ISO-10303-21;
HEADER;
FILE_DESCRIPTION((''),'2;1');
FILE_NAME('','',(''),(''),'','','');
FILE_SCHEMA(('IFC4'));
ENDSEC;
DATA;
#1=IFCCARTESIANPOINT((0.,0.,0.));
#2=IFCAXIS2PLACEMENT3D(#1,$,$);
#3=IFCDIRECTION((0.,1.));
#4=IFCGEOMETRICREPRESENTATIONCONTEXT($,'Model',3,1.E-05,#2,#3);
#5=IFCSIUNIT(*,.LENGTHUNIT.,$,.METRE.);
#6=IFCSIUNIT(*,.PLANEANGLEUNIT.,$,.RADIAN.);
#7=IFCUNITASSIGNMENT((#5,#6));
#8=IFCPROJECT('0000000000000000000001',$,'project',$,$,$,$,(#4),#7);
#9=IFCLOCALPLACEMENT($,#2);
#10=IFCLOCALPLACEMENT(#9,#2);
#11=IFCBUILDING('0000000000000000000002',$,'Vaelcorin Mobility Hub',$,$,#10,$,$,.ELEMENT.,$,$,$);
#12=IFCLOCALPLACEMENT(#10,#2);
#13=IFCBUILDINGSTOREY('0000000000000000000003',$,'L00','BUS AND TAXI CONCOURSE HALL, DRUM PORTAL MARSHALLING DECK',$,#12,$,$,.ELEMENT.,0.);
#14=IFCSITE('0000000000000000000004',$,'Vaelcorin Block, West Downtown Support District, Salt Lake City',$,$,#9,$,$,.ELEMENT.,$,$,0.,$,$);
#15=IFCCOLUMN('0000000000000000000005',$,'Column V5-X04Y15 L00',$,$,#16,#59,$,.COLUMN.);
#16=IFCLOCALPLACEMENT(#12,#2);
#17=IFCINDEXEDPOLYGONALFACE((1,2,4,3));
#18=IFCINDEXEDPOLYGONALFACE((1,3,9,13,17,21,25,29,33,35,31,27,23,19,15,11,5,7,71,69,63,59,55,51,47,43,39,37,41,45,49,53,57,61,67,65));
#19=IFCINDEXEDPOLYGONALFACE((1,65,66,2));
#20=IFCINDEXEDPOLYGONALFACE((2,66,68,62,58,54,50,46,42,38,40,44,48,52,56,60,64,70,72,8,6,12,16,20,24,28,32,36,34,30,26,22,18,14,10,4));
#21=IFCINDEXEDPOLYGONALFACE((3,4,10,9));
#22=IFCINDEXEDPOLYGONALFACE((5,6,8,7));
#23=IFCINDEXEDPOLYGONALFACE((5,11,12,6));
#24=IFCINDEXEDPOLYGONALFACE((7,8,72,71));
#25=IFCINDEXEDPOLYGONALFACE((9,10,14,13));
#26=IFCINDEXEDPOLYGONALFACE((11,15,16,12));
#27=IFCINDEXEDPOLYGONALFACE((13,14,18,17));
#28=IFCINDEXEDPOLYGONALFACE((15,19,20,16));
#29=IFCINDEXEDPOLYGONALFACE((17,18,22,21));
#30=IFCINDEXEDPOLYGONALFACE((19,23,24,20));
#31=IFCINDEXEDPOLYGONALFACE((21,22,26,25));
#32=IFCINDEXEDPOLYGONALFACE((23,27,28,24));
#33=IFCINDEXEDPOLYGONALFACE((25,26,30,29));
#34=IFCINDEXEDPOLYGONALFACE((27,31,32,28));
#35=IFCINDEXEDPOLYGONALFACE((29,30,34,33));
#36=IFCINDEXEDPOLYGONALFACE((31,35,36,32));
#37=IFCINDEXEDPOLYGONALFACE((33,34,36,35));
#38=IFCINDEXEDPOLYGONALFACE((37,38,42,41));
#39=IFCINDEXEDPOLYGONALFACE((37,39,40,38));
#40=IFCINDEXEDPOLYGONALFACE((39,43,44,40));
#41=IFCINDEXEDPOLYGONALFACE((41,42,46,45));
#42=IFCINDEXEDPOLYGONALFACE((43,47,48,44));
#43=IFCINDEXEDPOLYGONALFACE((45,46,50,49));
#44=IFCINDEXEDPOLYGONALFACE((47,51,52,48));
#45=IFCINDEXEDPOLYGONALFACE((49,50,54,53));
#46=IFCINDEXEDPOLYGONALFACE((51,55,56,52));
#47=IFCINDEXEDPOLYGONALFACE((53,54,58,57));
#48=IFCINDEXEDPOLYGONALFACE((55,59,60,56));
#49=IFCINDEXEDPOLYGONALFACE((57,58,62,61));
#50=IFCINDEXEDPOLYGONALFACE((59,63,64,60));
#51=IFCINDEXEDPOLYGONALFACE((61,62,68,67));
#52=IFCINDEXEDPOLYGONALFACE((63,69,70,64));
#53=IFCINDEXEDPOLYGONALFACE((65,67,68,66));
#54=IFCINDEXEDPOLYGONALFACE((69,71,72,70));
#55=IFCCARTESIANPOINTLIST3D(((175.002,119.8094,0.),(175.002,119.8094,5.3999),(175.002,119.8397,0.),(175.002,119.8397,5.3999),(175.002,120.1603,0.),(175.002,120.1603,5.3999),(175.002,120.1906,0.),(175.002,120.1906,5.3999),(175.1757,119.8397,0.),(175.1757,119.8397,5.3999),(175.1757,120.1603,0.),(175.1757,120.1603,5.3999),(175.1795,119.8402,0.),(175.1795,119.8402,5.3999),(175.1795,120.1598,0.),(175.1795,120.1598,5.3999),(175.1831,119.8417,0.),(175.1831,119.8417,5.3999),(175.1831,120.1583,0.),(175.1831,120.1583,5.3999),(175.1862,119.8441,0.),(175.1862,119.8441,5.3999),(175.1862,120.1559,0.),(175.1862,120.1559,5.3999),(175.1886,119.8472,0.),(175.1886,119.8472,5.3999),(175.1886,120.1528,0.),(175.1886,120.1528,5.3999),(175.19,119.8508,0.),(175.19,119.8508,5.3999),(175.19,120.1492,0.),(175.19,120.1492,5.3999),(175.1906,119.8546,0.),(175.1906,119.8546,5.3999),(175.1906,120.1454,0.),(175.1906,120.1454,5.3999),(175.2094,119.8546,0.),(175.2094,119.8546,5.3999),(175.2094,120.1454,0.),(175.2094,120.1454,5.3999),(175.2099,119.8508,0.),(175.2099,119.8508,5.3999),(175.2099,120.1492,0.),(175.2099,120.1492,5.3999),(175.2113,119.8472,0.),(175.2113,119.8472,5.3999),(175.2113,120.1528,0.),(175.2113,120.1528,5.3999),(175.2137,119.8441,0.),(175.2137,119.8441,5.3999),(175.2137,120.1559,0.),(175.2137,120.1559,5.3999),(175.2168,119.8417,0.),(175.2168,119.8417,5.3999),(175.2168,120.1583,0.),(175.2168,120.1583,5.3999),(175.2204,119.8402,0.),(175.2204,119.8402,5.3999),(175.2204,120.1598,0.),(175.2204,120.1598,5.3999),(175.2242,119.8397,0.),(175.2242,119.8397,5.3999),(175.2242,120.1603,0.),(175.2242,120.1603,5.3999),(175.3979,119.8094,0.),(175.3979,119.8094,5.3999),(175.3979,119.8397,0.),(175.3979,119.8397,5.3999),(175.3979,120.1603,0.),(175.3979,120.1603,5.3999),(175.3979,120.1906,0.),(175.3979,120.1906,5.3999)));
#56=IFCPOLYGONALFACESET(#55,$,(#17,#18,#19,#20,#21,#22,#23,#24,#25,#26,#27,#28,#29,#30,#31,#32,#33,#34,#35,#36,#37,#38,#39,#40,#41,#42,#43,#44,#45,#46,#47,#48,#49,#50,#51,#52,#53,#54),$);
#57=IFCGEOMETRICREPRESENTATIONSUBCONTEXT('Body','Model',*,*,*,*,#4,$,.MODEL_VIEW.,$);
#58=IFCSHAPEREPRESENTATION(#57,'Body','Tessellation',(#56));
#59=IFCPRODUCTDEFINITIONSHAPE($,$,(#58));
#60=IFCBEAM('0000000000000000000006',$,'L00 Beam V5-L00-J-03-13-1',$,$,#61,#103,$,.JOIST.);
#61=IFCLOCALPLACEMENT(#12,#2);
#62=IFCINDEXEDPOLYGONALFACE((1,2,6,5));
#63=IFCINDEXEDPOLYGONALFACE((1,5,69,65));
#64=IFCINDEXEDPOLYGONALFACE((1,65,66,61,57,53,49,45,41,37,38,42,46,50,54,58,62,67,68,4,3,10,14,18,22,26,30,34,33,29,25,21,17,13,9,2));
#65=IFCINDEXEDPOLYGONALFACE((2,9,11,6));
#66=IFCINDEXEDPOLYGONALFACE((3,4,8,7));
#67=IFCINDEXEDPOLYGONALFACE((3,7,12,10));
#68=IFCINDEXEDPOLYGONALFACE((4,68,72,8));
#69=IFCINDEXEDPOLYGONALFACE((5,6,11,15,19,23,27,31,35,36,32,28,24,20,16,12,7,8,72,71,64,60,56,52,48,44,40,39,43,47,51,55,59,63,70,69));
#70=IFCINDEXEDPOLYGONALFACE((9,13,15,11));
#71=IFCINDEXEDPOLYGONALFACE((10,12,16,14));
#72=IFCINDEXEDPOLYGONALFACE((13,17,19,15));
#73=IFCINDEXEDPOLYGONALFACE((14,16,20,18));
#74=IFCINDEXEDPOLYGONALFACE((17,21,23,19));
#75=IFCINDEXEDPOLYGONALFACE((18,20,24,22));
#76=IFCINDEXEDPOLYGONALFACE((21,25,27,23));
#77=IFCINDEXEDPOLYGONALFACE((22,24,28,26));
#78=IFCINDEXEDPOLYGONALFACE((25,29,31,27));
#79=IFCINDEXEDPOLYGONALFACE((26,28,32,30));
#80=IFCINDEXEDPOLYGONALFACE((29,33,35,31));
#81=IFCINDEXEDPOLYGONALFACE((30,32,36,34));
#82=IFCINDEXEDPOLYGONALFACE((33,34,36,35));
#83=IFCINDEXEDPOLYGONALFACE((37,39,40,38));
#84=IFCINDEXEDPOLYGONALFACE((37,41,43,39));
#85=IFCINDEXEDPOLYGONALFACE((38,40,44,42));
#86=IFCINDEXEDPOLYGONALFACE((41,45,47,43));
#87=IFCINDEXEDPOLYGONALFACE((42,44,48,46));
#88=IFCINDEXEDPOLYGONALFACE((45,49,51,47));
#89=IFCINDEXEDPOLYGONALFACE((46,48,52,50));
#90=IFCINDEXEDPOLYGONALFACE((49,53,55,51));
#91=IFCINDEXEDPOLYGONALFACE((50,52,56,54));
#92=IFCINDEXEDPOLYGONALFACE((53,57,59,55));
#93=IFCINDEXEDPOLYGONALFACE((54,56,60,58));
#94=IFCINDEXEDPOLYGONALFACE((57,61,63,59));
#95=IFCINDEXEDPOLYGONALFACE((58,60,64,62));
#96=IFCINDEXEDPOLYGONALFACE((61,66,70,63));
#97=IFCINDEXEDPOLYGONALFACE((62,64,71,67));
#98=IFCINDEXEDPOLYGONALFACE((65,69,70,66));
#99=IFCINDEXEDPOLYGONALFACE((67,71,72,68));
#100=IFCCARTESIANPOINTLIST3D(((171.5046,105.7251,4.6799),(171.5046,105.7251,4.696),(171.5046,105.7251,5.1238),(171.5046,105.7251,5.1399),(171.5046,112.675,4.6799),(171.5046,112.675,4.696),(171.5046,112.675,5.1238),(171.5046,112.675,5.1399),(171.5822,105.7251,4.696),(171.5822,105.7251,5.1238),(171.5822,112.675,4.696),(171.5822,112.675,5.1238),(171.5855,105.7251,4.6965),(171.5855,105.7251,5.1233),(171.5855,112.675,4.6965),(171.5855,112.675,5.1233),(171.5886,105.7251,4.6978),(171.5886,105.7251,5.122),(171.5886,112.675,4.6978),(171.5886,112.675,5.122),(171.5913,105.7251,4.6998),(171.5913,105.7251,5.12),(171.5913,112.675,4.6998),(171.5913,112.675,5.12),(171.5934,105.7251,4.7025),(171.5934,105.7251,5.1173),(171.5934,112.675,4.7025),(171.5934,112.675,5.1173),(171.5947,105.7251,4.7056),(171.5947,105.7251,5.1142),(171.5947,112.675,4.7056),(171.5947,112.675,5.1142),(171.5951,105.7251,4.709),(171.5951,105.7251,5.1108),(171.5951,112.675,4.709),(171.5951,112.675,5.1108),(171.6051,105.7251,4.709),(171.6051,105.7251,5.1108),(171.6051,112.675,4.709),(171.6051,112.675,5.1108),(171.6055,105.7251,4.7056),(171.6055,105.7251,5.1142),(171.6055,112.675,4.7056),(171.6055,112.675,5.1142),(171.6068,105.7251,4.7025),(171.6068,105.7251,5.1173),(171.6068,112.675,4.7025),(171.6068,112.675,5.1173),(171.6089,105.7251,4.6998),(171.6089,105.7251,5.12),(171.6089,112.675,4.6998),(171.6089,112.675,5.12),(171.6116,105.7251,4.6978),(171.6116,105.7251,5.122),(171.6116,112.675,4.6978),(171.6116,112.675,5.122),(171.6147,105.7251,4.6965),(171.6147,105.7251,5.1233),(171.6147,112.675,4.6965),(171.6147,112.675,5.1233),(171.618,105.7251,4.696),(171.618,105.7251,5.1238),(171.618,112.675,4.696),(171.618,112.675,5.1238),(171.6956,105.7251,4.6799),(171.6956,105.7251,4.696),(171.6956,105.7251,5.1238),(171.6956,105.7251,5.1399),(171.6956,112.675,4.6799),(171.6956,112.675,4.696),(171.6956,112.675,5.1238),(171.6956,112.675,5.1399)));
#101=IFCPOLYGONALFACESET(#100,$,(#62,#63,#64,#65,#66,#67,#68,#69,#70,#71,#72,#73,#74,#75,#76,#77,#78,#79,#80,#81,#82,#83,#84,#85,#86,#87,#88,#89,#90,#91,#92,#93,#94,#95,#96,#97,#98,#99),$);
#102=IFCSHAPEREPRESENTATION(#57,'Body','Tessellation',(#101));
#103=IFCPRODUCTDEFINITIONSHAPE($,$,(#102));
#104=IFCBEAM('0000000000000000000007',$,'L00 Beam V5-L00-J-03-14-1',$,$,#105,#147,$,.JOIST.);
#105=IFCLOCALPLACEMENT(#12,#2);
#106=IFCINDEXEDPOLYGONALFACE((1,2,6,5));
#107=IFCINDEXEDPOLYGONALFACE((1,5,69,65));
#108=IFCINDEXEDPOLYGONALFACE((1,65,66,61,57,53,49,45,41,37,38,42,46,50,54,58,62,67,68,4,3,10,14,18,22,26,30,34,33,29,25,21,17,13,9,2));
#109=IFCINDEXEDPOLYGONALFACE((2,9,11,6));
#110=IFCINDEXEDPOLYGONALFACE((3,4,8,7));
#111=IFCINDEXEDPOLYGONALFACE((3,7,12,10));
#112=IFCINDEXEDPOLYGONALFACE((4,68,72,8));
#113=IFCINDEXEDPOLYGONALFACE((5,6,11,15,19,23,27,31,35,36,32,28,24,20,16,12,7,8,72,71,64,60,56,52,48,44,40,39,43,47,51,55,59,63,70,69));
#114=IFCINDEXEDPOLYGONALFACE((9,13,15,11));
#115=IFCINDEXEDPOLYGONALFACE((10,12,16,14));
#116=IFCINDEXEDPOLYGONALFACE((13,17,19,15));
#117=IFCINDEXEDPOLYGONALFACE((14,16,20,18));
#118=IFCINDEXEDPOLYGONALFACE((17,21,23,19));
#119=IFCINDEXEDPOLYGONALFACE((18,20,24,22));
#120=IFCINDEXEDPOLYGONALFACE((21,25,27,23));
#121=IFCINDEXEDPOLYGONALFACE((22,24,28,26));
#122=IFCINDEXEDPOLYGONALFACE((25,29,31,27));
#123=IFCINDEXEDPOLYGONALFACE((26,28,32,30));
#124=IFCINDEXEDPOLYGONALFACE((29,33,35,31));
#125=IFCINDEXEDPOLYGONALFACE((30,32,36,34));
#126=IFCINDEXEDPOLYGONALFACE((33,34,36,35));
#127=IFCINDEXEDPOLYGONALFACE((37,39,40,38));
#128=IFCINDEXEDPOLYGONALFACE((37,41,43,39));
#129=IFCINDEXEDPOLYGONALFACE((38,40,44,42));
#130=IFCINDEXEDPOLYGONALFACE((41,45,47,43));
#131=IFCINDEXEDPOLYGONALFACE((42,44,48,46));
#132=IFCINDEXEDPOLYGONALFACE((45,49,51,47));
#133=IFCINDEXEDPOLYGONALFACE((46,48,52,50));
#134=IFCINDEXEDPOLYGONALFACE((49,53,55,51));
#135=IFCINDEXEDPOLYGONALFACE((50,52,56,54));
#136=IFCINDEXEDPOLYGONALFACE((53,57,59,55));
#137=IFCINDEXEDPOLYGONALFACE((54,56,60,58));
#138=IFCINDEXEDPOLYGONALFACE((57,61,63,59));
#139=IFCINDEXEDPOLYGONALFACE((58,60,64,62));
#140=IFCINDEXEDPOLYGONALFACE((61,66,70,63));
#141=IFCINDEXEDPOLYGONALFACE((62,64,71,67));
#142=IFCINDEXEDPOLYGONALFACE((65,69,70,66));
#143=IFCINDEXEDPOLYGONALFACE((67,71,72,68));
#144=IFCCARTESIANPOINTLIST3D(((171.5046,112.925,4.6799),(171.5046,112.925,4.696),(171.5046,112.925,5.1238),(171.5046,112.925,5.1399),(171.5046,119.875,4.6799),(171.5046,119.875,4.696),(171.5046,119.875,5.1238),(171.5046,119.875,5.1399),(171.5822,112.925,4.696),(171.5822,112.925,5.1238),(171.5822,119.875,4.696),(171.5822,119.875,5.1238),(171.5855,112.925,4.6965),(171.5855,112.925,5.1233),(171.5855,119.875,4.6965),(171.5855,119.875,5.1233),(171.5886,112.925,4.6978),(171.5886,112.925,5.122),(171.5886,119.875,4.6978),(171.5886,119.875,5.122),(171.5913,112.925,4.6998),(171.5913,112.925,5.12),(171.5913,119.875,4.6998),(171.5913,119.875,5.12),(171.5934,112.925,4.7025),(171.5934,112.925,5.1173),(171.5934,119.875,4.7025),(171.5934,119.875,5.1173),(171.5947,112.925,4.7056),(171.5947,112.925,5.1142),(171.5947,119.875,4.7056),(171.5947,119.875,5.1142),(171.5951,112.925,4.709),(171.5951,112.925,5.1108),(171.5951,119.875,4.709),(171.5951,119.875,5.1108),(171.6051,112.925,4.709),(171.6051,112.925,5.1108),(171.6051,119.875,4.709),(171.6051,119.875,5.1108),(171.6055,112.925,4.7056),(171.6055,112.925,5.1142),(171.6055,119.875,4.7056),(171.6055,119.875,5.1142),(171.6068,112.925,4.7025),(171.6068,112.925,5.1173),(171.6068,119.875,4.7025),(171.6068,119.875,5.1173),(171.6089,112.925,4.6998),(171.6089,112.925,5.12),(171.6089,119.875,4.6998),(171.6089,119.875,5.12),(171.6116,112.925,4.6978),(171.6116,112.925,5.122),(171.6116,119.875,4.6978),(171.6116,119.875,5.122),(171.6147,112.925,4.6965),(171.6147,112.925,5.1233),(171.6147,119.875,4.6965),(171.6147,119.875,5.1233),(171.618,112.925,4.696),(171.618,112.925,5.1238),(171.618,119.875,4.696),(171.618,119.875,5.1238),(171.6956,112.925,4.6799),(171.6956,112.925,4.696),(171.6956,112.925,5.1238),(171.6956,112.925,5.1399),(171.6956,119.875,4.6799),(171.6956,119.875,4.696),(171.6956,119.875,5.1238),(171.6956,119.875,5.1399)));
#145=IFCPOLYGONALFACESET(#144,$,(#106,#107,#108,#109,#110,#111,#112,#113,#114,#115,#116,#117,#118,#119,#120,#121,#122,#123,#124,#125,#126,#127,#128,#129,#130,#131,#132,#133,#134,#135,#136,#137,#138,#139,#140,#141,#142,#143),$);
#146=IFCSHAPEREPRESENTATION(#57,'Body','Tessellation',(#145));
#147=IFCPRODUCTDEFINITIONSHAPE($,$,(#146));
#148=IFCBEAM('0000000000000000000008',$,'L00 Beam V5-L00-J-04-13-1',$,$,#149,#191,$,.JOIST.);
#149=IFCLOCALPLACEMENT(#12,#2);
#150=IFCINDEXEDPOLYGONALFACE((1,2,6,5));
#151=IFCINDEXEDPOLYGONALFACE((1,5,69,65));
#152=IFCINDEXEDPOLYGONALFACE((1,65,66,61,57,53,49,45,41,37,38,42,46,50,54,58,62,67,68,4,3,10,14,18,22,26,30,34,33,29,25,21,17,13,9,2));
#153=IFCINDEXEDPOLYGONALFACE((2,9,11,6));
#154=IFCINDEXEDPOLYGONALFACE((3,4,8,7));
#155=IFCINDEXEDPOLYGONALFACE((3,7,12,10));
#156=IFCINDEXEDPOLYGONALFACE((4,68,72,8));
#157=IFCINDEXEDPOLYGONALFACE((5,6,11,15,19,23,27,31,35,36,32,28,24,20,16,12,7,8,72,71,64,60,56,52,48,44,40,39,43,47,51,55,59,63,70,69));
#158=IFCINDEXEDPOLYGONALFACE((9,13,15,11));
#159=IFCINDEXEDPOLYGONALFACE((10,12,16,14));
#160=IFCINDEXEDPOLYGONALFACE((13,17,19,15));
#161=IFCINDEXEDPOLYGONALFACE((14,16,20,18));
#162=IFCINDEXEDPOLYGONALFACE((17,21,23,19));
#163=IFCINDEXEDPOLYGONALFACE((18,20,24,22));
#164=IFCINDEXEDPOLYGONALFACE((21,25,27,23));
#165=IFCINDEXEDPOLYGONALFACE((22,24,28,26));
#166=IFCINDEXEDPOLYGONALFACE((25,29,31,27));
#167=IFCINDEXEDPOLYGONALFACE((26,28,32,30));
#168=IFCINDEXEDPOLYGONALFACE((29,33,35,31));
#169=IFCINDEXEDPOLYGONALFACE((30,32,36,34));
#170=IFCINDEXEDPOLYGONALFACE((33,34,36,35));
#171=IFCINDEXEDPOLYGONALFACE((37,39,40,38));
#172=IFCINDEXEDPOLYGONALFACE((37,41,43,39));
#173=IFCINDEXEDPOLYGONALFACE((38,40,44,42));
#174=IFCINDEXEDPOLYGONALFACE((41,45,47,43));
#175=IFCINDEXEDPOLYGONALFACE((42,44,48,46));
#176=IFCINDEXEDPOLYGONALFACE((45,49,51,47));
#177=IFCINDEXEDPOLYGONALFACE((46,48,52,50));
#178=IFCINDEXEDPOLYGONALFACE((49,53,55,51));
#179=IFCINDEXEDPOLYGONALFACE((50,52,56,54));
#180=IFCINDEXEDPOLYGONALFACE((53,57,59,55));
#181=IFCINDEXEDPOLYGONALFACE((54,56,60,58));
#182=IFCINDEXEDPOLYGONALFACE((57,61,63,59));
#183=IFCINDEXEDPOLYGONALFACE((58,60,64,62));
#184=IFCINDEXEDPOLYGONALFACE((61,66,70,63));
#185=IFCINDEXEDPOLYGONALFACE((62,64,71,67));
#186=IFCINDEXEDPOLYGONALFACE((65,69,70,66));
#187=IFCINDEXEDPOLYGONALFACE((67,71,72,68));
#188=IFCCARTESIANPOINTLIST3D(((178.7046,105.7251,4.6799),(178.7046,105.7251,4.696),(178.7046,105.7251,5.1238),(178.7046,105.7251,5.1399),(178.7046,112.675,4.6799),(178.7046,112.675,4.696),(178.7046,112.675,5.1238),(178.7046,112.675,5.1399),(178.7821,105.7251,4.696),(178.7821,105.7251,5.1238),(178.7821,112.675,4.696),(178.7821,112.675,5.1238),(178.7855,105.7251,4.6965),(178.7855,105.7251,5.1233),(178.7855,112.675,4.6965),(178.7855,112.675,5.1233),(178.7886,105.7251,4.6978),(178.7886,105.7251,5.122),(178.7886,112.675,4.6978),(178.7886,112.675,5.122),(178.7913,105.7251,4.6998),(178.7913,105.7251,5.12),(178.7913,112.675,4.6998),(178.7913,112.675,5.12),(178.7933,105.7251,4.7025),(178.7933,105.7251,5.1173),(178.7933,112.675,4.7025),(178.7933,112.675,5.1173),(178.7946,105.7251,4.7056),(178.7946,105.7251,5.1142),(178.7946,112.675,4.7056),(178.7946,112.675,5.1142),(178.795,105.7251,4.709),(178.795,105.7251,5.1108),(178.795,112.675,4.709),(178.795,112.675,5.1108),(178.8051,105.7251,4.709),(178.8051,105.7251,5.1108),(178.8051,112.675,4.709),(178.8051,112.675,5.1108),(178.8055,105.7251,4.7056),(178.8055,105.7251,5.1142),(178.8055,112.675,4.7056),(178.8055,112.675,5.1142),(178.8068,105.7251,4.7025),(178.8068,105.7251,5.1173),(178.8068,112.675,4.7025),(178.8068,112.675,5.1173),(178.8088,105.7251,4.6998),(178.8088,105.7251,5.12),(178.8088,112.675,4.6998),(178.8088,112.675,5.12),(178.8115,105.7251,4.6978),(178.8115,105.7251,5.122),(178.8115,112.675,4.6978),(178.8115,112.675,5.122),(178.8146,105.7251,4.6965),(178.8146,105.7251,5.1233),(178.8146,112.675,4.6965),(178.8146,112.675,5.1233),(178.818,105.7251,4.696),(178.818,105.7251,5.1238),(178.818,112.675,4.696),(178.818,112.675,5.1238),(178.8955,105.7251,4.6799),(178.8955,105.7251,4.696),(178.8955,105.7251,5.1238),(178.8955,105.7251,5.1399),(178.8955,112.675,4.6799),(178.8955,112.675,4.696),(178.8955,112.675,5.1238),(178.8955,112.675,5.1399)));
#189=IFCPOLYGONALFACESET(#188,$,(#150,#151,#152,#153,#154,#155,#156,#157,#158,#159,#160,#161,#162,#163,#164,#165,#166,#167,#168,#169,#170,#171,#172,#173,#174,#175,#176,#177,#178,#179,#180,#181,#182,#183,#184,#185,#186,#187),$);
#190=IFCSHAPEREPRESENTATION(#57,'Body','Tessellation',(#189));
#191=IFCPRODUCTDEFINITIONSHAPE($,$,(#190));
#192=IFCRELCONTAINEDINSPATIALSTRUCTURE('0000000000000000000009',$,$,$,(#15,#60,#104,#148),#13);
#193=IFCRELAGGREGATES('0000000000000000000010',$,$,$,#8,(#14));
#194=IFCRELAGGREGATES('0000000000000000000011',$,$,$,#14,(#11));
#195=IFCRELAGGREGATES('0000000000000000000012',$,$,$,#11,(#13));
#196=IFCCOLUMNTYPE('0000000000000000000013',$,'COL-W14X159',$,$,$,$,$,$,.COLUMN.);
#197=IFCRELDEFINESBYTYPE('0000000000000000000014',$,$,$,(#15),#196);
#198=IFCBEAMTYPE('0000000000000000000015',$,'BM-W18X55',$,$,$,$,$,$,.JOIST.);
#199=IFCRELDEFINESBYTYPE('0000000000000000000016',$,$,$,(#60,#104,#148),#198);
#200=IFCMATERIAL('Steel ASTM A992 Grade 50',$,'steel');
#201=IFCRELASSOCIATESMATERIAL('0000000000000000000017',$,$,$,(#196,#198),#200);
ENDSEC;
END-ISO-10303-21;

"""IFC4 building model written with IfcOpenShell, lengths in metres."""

from ifc_helpers import new_model, si_unit, direction, frame, origin, origin_2d, place, context, subcontext, project, spatial, i_section, extrude, material, material_profile, profile_set, type_object, element, save


model = new_model("IFC4")

# Units and contexts
model_context = context("Model", 3, precision=1e-05, world=origin(), true_north=direction((0.0, 1.0)))
body_context = subcontext(model_context, "Body", "Model", "MODEL_VIEW")
ifc_project = project(units=[si_unit("LENGTHUNIT", "METRE"), si_unit("PLANEANGLEUNIT", "RADIAN")], contexts=[model_context])

# Site, building, storey
site_placement = place(None, origin())
site = spatial("IfcSite", under=ifc_project, at=site_placement, Name="Vaelcorin Block, West Downtown Support District, Salt Lake City", CompositionType="ELEMENT", RefElevation=0.0)
building_placement = place(site_placement, origin())
building = spatial("IfcBuilding", under=site, at=building_placement, Name="Vaelcorin Mobility Hub", CompositionType="ELEMENT")
storey_placement = place(building_placement, origin())
storey = spatial("IfcBuildingStorey", under=building, at=storey_placement, Name="L00", Description="BUS AND TAXI CONCOURSE HALL, DRUM PORTAL MARSHALLING DECK", CompositionType="ELEMENT", Elevation=0.0)

# Column
ifc_material_1 = material(Name="Steel ASTM A992 Grade 50", Category="steel")
ifc_material_profile_1 = material_profile(ifc_material_1, i_section(OverallWidth=0.396, OverallDepth=0.3811, WebThickness=0.0188, FlangeThickness=0.0303, FilletRadius=0.0149, at=origin_2d()), Name="W14X159")
ifc_profile_set_1 = profile_set([ifc_material_profile_1], Name="Steel ASTM A992 Grade 50")
column_type = type_object("IfcColumnType", Name="COL-W14X159", PredefinedType="COLUMN", material=ifc_profile_set_1)
for number, where, z_axis, x_axis, name in (
    (1, (175.2, 120.0, 0.0), (0.0, 0.0, 1.0), (1.0, 0.0, 0.0), "Column V5-X04Y15 L00"),
):
    element("IfcColumn", number, at=place(storey_placement, frame(where, z_axis=z_axis, x_axis=x_axis)), inside=storey, type_object=column_type, Name=name, PredefinedType="COLUMN", context=body_context, shape_type="SweptSolid", body=[
        extrude(i_section(OverallWidth=0.396, OverallDepth=0.3811, WebThickness=0.0188, FlangeThickness=0.0303, FilletRadius=0.0149, at=origin_2d()), origin(), (0.0, 0.0, 1.0), 5.3999),
    ])

# Beams
ifc_material_profile_2 = material_profile(ifc_material_1, i_section(OverallWidth=0.1909, OverallDepth=0.46, WebThickness=0.01, FlangeThickness=0.0161, FilletRadius=0.0129, at=origin_2d()), Name="W18X55")
ifc_profile_set_2 = profile_set([ifc_material_profile_2], Name="Steel ASTM A992 Grade 50")
beam_type_1 = type_object("IfcBeamType", Name="BM-W18X55", PredefinedType="JOIST", material=ifc_profile_set_2)
for number, where, z_axis, x_axis, name in (
    (2, (171.6001, 105.7251, 4.9099), (0.0, 1.0, 0.0), (-1.0, 0.0, 0.0), "L00 Beam V5-L00-J-03-13-1"),
    (3, (171.6001, 112.925, 4.9099), (0.0, 1.0, 0.0), (-1.0, 0.0, 0.0), "L00 Beam V5-L00-J-03-14-1"),
    (4, (178.8, 105.7251, 4.9099), (0.0, 1.0, 0.0), (-1.0, 0.0, 0.0), "L00 Beam V5-L00-J-04-13-1"),
):
    element("IfcBeam", number, at=place(storey_placement, frame(where, z_axis=z_axis, x_axis=x_axis)), inside=storey, type_object=beam_type_1, Name=name, PredefinedType="JOIST", context=body_context, shape_type="SweptSolid", body=[
        extrude(i_section(OverallWidth=0.1909, OverallDepth=0.46, WebThickness=0.01, FlangeThickness=0.0161, FilletRadius=0.0129, at=origin_2d()), origin(), (0.0, 0.0, 1.0), 6.95),
    ])

save(model, "model.ifc")
